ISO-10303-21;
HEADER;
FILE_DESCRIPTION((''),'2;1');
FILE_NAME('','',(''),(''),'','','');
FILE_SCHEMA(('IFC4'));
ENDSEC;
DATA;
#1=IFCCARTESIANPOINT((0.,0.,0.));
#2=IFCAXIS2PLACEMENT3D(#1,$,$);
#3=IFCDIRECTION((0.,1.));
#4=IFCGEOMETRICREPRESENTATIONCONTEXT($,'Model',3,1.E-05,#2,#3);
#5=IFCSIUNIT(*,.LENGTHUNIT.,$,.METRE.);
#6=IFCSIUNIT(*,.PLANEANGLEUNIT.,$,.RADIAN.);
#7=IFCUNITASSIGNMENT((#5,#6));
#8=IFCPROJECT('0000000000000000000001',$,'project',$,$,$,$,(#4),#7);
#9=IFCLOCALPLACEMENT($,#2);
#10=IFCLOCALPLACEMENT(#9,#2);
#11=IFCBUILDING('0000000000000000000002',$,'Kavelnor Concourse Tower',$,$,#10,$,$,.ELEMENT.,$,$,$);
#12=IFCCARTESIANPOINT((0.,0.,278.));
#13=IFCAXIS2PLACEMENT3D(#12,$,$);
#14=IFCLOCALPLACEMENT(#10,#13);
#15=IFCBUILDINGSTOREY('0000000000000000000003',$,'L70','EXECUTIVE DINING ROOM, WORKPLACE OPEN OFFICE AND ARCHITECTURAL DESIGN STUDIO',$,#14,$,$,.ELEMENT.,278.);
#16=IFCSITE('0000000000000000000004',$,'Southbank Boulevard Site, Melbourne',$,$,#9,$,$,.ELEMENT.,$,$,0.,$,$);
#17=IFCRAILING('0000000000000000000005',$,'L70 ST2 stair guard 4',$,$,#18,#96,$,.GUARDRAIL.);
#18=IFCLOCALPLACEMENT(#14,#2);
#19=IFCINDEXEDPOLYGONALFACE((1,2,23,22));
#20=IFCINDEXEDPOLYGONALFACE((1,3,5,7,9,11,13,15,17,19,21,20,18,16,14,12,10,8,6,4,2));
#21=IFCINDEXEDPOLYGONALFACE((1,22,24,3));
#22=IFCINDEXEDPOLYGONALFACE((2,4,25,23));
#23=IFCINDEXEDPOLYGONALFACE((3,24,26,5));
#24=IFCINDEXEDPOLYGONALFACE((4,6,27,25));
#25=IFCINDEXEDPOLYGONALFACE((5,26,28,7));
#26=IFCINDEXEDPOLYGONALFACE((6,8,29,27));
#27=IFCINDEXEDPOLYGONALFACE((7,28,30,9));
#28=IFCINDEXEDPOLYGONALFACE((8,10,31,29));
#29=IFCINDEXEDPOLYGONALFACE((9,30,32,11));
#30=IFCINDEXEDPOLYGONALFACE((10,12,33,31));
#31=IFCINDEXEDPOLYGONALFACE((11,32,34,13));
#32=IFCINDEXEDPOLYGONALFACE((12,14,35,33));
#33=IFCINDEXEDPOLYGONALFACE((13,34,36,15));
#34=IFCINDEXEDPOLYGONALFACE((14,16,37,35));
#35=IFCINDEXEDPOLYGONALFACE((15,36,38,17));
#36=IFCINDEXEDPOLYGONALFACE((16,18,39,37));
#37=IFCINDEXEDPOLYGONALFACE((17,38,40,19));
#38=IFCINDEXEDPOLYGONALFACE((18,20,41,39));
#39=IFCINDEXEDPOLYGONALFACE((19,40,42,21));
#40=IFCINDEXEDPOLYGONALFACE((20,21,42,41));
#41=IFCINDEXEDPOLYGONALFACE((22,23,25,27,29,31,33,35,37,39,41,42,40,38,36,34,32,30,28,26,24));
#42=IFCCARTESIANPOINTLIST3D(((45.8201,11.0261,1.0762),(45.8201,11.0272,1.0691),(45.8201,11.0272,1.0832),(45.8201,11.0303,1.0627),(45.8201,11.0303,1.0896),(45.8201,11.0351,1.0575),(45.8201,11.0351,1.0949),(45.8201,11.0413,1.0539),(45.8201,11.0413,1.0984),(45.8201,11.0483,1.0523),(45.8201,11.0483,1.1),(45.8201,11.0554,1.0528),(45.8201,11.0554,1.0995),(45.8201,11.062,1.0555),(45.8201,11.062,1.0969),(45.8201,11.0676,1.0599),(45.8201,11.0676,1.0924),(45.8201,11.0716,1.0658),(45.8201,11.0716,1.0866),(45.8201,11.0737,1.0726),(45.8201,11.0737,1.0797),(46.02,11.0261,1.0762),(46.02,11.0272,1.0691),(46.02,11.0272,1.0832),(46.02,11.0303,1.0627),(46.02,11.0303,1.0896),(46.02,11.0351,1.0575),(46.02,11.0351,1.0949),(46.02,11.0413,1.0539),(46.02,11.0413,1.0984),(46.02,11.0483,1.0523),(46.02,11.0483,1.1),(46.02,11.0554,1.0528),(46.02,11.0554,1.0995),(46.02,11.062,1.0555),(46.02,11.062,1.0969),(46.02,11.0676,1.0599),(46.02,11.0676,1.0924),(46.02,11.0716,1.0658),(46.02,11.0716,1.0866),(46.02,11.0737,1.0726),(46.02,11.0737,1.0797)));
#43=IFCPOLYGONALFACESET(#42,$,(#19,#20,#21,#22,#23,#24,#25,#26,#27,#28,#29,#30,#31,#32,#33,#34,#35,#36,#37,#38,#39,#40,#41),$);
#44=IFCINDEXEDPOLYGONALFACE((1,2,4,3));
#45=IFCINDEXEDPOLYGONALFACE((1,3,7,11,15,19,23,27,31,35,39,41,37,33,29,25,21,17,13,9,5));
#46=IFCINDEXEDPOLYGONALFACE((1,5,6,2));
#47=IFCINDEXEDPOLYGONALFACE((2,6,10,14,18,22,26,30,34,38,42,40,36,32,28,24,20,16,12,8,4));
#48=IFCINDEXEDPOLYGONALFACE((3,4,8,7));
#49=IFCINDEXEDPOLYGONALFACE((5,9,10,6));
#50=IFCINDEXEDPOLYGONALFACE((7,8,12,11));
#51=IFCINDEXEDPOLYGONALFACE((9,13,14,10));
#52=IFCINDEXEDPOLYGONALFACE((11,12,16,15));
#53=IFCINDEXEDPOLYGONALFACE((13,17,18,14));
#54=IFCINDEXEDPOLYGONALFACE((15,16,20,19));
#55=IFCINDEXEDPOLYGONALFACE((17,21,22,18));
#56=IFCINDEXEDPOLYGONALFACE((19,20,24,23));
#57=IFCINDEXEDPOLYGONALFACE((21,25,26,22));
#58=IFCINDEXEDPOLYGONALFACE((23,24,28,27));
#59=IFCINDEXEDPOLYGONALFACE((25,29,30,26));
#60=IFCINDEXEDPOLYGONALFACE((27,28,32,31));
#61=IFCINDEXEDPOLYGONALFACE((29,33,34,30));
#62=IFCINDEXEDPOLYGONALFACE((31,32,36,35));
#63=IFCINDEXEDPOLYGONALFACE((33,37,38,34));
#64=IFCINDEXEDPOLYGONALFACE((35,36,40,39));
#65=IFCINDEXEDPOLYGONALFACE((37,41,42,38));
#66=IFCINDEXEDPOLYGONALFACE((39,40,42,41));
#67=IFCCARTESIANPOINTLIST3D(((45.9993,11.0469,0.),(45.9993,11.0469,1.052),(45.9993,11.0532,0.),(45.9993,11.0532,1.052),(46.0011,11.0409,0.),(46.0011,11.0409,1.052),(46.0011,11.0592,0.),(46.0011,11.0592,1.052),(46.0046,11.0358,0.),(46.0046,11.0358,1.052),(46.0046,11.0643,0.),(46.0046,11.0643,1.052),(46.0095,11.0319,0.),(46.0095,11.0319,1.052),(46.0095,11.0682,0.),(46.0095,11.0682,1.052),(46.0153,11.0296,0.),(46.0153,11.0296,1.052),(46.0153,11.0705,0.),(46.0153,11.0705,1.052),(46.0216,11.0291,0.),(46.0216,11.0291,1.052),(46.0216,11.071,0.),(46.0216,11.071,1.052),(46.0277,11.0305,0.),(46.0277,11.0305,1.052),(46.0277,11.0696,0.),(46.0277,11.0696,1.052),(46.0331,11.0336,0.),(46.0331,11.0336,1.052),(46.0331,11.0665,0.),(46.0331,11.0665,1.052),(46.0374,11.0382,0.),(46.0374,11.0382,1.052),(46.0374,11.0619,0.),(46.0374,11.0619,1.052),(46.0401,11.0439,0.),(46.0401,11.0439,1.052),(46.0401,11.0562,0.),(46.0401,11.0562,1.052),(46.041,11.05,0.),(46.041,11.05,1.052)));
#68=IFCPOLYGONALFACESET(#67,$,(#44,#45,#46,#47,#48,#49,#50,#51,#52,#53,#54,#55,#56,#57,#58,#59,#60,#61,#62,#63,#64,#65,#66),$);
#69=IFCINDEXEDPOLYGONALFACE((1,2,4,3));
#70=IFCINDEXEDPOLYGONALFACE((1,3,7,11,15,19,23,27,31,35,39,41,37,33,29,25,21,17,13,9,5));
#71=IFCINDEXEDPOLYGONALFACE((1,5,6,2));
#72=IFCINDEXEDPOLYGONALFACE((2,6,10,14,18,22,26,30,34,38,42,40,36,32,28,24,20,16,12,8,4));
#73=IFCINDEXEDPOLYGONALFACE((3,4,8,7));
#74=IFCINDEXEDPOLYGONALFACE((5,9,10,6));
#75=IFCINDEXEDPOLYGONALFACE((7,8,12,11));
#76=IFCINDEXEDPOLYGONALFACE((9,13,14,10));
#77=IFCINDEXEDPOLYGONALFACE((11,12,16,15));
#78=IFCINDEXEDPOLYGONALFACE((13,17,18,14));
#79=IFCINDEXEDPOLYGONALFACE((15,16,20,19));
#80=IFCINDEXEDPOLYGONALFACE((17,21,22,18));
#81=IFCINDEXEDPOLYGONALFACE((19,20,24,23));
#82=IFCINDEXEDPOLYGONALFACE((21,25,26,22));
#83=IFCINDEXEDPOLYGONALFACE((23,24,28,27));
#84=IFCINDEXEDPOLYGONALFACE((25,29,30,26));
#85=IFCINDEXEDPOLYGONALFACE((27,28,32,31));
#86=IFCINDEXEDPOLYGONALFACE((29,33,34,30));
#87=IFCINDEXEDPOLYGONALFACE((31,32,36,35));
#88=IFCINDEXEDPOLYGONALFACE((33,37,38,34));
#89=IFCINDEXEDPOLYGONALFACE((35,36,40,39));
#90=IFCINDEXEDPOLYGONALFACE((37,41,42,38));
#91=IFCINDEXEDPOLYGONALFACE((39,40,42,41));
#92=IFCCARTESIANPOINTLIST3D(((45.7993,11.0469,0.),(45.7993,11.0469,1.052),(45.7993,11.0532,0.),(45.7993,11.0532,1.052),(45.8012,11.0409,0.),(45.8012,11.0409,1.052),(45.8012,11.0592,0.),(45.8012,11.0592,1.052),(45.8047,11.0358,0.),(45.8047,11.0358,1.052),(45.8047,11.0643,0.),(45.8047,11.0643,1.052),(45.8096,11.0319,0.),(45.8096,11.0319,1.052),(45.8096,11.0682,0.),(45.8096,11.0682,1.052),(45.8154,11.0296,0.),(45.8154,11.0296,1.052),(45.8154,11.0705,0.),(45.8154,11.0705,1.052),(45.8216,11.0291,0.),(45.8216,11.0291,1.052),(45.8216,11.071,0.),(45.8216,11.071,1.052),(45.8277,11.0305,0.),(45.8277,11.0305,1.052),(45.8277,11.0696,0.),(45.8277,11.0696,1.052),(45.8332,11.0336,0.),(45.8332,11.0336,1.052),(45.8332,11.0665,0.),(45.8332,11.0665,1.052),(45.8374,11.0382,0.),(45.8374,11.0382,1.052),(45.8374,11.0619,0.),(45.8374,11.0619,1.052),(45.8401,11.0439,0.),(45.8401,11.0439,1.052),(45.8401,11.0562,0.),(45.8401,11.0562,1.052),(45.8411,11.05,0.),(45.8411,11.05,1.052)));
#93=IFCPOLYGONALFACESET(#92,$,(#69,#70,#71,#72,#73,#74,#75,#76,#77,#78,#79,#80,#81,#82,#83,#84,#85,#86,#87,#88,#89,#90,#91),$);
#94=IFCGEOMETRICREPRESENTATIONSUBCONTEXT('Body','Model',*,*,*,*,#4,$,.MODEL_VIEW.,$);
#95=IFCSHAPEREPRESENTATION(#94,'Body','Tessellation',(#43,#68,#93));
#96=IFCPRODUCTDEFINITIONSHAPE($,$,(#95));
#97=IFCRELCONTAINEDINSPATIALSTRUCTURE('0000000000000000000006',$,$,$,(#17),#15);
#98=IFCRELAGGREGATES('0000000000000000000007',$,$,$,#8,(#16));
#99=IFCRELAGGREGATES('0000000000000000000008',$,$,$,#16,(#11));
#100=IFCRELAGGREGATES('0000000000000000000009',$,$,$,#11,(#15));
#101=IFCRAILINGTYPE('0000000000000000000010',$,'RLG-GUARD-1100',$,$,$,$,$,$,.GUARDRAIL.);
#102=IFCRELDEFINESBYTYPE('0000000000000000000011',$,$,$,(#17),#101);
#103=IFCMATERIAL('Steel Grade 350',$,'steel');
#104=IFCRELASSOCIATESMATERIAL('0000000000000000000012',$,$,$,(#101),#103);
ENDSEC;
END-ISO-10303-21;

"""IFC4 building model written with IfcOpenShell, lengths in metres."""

from ifc_helpers import new_model, si_unit, direction, frame, origin, origin_2d, place, context, subcontext, project, spatial, circle, extrude, material, type_object, element, save


model = new_model("IFC4")

# Units and contexts
model_context = context("Model", 3, precision=1e-05, world=origin(), true_north=direction((0.0, 1.0)))
body_context = subcontext(model_context, "Body", "Model", "MODEL_VIEW")
ifc_project = project(units=[si_unit("LENGTHUNIT", "METRE"), si_unit("PLANEANGLEUNIT", "RADIAN")], contexts=[model_context])

# Site, building, storey
site_placement = place(None, origin())
site = spatial("IfcSite", under=ifc_project, at=site_placement, Name="Southbank Boulevard Site, Melbourne", CompositionType="ELEMENT", RefElevation=0.0)
building_placement = place(site_placement, origin())
building = spatial("IfcBuilding", under=site, at=building_placement, Name="Kavelnor Concourse Tower", CompositionType="ELEMENT")
storey_placement = place(building_placement, frame((0.0, 0.0, 278.0)))
storey = spatial("IfcBuildingStorey", under=building, at=storey_placement, Name="L70", Description="EXECUTIVE DINING ROOM, WORKPLACE OPEN OFFICE AND ARCHITECTURAL DESIGN STUDIO", CompositionType="ELEMENT", Elevation=278.0)

# Shared definitions
ifc_material_1 = material(Name="Steel Grade 350", Category="steel")

# Railing
railing_type_1 = type_object("IfcRailingType", Name="RLG-GUARD-1100", PredefinedType="GUARDRAIL", material=ifc_material_1)
railing_1_placement = place(storey_placement, frame((46.02, 11.05, 0.0)))
element("IfcRailing", 1, at=railing_1_placement, inside=storey, type_object=railing_type_1, Name="L70 ST2 stair guard 4", PredefinedType="GUARDRAIL", context=body_context, shape_type="SweptSolid", body=[
    extrude(circle(Radius=0.0239, at=origin_2d()), frame((0.0, 0.0, 1.0762), z_axis=(-1.0, 0.0, 0.0), x_axis=(0.0, -1.0, 0.0)), (0.0, 0.0, 1.0), 0.2),
    extrude(circle(Radius=0.021, at=origin_2d()), origin(), (0.0, 0.0, 1.0), 1.052),
    extrude(circle(Radius=0.021, at=origin_2d()), frame((-0.2, 0.0, 0.0)), (0.0, 0.0, 1.0), 1.052),
])

save(model, "model.ifc")
